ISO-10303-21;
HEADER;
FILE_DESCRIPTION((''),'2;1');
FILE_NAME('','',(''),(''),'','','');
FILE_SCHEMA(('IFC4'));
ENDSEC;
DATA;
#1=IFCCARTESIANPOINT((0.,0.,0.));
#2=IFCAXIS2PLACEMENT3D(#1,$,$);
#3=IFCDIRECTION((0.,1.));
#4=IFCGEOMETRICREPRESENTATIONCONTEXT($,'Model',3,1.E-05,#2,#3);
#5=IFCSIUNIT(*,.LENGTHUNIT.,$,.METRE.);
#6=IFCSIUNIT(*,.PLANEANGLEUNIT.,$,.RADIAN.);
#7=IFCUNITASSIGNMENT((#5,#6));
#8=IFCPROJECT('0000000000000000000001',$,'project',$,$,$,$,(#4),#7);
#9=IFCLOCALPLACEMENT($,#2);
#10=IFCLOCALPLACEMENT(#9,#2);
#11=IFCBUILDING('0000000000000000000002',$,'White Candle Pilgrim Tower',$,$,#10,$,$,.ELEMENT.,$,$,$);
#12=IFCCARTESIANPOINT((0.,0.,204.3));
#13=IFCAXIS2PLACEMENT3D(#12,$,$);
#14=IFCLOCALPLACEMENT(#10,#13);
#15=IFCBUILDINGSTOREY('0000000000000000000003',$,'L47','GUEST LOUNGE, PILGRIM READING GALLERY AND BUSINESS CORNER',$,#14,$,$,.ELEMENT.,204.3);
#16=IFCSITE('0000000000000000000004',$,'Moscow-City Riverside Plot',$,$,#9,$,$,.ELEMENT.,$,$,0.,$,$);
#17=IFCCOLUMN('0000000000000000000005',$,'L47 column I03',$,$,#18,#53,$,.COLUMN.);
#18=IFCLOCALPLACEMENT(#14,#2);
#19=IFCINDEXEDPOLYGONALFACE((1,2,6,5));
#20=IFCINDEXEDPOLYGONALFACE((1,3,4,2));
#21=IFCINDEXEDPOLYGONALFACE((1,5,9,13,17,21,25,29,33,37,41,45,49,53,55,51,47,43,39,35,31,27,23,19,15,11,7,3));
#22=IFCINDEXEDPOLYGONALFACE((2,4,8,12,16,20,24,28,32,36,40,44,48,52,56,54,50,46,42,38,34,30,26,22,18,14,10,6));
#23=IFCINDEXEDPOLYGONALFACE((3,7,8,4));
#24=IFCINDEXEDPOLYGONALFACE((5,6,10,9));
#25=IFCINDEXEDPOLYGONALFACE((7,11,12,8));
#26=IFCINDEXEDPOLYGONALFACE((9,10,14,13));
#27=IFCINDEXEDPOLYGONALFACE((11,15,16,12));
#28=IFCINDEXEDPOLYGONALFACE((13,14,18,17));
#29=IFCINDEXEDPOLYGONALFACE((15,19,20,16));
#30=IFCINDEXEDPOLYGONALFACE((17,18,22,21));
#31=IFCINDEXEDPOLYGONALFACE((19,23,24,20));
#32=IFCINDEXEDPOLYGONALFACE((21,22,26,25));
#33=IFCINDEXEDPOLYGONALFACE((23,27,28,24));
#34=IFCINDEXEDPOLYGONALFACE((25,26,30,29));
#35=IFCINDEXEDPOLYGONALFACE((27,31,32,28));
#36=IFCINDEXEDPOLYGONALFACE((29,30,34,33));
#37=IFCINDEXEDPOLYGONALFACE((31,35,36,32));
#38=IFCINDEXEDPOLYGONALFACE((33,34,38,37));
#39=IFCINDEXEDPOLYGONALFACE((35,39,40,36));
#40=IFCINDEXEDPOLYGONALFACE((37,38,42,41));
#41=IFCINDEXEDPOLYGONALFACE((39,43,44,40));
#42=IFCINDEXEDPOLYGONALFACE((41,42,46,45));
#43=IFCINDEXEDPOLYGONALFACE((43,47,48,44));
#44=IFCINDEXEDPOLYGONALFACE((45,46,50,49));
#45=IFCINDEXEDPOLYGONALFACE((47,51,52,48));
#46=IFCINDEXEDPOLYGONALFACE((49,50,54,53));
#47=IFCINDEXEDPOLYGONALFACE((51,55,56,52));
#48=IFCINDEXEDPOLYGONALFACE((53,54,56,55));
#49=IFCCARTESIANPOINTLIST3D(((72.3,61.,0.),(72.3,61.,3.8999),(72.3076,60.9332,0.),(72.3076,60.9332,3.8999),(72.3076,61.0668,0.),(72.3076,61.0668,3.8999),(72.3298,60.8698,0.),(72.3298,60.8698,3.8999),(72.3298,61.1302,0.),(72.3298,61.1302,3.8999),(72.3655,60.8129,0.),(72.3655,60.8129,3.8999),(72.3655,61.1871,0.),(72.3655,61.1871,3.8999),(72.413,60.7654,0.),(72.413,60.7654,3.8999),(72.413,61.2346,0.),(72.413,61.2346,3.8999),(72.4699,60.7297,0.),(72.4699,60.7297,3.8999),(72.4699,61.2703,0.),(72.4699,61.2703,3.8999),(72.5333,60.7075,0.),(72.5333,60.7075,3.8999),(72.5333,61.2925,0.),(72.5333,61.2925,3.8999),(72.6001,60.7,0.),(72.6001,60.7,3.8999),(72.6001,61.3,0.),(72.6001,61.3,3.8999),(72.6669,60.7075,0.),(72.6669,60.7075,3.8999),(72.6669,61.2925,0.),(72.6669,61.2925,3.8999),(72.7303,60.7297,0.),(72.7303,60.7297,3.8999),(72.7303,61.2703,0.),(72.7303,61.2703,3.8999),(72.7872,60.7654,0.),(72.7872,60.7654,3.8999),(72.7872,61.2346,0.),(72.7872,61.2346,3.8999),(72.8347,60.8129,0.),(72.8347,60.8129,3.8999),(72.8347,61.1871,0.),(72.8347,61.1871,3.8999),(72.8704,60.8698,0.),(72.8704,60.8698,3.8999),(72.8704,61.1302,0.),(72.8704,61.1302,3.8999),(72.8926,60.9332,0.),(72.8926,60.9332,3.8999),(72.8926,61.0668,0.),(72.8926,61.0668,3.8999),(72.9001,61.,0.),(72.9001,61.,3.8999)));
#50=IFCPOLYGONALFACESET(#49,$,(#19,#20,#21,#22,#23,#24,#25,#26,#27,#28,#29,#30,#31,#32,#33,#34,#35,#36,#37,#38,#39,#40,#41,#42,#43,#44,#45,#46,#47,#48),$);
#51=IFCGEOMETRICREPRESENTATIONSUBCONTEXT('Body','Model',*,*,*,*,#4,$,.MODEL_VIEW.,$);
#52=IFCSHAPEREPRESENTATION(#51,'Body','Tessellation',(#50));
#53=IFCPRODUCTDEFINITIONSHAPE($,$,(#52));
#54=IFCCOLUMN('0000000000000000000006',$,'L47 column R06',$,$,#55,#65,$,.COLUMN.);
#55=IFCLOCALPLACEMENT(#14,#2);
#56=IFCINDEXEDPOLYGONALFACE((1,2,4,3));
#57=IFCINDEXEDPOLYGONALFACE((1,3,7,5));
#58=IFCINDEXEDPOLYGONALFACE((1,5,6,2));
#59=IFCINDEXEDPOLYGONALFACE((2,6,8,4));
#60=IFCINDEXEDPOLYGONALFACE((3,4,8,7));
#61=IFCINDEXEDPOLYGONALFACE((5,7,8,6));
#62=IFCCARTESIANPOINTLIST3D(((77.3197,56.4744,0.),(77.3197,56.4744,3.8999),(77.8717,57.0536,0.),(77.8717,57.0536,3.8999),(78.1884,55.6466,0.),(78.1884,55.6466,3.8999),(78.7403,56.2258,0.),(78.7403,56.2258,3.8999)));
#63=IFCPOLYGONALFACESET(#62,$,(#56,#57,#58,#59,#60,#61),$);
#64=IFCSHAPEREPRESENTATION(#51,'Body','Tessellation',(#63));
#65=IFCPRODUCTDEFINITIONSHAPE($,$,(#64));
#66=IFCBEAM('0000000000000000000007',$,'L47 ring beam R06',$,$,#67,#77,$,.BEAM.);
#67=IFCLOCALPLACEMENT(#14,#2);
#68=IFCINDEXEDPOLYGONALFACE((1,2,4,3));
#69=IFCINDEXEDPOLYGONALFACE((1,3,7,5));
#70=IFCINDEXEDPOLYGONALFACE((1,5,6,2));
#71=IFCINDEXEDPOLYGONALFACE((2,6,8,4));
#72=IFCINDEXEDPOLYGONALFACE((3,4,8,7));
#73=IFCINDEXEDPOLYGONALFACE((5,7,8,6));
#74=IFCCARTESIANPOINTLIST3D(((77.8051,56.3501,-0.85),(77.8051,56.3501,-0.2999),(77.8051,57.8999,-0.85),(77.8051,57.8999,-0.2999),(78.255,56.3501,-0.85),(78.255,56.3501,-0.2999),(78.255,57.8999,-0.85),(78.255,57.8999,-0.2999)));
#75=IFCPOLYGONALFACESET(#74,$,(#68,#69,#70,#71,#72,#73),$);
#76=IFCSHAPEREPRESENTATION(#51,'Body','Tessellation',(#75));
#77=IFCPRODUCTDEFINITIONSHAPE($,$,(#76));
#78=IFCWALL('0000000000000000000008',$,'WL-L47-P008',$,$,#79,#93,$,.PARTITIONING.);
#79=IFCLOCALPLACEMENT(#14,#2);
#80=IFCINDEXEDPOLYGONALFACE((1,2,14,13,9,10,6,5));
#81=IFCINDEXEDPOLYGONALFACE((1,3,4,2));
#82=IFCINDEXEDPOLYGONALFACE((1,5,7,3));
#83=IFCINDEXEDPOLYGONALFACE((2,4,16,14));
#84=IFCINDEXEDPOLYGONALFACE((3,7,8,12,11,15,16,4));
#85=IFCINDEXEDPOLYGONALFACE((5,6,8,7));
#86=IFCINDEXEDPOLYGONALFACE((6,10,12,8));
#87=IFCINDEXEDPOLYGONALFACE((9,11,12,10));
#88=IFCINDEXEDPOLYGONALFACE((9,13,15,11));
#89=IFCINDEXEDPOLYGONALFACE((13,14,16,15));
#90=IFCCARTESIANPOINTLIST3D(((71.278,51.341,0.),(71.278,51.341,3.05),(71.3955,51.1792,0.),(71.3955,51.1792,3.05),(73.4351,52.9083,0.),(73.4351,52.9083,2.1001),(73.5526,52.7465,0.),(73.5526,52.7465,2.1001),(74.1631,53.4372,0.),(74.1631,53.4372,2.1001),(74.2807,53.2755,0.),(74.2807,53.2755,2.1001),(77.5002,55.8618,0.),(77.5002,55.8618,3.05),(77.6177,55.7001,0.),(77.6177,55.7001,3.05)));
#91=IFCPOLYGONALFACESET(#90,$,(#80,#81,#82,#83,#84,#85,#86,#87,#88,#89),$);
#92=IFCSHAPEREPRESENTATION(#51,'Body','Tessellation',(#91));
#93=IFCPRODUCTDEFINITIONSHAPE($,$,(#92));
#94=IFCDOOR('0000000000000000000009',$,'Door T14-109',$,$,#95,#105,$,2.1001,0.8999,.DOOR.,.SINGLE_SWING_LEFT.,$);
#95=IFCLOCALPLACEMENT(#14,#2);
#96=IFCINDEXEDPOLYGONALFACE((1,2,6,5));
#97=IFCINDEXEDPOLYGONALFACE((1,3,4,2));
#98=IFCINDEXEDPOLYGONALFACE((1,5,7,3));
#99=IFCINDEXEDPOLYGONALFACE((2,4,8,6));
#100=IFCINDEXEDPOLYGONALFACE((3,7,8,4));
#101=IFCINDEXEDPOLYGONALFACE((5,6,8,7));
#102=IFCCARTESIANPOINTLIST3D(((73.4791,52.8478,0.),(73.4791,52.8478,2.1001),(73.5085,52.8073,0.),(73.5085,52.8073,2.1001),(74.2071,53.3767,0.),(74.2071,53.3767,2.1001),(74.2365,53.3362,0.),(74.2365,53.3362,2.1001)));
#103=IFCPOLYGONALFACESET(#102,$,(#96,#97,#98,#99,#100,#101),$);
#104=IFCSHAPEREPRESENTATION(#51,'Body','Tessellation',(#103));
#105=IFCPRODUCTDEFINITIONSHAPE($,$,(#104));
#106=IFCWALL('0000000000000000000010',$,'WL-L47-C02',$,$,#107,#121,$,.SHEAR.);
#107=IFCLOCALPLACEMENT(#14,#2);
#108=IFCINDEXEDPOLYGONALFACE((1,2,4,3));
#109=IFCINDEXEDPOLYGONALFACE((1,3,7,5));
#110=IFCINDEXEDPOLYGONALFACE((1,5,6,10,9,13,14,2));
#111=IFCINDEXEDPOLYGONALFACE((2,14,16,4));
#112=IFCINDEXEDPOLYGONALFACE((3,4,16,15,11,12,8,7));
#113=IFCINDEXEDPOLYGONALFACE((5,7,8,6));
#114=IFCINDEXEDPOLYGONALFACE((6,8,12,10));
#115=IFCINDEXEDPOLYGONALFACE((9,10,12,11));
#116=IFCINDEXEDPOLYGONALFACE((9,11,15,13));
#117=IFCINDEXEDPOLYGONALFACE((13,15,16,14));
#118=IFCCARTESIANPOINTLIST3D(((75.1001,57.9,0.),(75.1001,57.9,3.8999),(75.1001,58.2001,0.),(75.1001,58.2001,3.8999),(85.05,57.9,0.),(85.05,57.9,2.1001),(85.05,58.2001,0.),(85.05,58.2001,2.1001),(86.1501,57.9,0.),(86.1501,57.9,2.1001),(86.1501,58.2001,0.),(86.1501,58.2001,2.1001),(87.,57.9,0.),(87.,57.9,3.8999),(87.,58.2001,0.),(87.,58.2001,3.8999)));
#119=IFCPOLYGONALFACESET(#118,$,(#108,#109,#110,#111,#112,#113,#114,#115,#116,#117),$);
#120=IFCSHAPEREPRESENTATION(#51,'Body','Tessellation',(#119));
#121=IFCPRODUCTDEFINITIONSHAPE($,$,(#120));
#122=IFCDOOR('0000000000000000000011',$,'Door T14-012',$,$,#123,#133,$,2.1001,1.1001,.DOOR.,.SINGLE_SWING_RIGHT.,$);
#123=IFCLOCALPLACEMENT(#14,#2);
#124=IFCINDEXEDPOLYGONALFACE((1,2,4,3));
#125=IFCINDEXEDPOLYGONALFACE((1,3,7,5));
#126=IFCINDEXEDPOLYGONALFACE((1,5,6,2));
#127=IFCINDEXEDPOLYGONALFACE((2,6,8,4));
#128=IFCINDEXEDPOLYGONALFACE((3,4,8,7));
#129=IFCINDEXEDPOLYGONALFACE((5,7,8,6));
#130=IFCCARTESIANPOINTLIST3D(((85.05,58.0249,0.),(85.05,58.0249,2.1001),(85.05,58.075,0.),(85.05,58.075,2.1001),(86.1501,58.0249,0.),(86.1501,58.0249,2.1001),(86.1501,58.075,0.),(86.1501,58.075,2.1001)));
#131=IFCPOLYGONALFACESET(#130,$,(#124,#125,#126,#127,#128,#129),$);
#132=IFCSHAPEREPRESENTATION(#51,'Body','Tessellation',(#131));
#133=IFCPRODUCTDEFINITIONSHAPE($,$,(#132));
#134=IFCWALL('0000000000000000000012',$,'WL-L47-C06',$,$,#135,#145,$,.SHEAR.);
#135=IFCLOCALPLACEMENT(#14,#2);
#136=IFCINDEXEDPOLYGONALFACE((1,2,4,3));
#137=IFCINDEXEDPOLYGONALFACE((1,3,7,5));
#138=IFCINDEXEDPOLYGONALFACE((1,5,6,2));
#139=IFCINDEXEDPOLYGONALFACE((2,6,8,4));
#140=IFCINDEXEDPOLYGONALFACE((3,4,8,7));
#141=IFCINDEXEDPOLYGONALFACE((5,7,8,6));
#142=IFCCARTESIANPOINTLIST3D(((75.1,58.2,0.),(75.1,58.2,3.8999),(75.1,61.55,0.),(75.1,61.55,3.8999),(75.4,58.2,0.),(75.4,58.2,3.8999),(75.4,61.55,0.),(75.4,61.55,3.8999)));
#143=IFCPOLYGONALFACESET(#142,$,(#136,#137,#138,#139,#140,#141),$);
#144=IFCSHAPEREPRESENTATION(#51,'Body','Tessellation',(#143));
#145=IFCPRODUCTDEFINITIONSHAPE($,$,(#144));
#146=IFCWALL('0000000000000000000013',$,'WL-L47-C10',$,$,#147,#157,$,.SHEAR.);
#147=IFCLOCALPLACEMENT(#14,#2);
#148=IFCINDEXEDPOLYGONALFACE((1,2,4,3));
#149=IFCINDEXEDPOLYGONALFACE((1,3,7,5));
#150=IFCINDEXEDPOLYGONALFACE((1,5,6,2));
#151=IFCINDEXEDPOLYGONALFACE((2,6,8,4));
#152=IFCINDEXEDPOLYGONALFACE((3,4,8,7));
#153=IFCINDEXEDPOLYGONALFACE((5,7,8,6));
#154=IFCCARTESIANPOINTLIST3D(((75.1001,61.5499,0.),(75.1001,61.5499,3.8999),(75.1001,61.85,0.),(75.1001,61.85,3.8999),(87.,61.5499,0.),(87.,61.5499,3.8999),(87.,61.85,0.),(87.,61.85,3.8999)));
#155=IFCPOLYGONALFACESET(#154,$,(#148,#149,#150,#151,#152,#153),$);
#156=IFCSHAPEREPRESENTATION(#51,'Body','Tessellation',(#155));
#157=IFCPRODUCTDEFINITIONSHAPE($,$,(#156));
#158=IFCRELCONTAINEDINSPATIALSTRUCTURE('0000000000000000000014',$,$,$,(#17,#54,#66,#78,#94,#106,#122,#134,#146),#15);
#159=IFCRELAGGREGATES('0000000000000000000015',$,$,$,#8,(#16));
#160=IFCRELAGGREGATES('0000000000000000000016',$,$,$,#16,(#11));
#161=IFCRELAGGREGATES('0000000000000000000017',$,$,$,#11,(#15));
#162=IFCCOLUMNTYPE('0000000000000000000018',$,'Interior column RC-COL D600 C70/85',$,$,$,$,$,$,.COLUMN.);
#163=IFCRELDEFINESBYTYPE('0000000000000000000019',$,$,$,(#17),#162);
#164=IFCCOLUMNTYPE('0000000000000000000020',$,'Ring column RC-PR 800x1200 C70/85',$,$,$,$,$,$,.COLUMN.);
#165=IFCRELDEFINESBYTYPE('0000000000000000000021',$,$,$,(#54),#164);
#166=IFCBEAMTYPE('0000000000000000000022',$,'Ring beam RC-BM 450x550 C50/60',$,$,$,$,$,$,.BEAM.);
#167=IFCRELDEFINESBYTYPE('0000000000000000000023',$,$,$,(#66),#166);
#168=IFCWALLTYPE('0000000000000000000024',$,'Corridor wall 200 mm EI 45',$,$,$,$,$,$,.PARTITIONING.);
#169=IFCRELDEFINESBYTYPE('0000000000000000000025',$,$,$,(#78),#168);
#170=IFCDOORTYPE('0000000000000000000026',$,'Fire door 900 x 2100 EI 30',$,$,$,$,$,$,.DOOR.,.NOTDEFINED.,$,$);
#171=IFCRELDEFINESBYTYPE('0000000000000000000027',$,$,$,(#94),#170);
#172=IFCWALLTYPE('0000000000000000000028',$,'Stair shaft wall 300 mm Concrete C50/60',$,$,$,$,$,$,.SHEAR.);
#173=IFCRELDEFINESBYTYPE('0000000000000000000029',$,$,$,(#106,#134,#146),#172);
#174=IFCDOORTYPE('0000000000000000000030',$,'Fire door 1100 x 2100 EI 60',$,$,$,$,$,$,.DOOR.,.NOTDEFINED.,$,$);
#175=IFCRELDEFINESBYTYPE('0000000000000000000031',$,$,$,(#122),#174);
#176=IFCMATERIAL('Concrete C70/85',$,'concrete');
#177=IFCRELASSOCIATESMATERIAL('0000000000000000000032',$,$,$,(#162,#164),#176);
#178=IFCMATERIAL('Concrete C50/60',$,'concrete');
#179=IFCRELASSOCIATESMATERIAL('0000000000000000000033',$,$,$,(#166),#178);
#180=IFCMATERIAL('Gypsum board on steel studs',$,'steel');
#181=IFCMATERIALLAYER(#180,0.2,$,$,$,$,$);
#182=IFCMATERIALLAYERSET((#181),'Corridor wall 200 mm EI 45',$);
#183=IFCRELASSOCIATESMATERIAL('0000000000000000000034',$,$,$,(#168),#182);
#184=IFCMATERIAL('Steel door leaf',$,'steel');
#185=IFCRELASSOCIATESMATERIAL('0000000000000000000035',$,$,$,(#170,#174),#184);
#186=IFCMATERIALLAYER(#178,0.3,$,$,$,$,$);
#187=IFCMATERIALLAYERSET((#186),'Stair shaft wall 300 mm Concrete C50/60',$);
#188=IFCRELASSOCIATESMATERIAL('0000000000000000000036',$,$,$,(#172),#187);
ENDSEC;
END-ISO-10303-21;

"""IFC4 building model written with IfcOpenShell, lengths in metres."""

from ifc_helpers import new_model, si_unit, direction, frame, frame_2d, origin, origin_2d, place, context, subcontext, project, spatial, rectangle, circle, extrude, material, layer, layer_set, material_profile, profile_set, type_object, element, fill, save


model = new_model("IFC4")

# Units and contexts
model_context = context("Model", 3, precision=1e-05, world=origin(), true_north=direction((0.0, 1.0)))
body_context = subcontext(model_context, "Body", "Model", "MODEL_VIEW")
ifc_project = project(units=[si_unit("LENGTHUNIT", "METRE"), si_unit("PLANEANGLEUNIT", "RADIAN")], contexts=[model_context])

# Site, building, storey
site_placement = place(None, origin())
site = spatial("IfcSite", under=ifc_project, at=site_placement, Name="Moscow-City Riverside Plot", CompositionType="ELEMENT", RefElevation=0.0)
building_placement = place(site_placement, origin())
building = spatial("IfcBuilding", under=site, at=building_placement, Name="White Candle Pilgrim Tower", CompositionType="ELEMENT")
storey_placement = place(building_placement, frame((0.0, 0.0, 204.3)))
storey = spatial("IfcBuildingStorey", under=building, at=storey_placement, Name="L47", Description="GUEST LOUNGE, PILGRIM READING GALLERY AND BUSINESS CORNER", CompositionType="ELEMENT", Elevation=204.3)

# Columns
ifc_material_1 = material(Name="Concrete C70/85", Category="concrete")
ifc_material_profile_1 = material_profile(ifc_material_1, circle(Radius=0.3, at=origin_2d()), Name="RC-COL D600")
ifc_profile_set_1 = profile_set([ifc_material_profile_1], Name="Concrete C70/85")
column_type_1 = type_object("IfcColumnType", Name="Interior column RC-COL D600 C70/85", PredefinedType="COLUMN", material=ifc_profile_set_1)
column_1_placement = place(storey_placement, frame((72.6001, 61.0, 0.0), z_axis=(0.0, 0.0, 1.0), x_axis=(1.0, 0.0, 0.0)))
element("IfcColumn", 1, at=column_1_placement, inside=storey, type_object=column_type_1, Name="L47 column I03", PredefinedType="COLUMN", context=body_context, shape_type="SweptSolid", body=[
    extrude(circle(Radius=0.3, at=origin_2d()), origin(), (0.0, 0.0, 1.0), 3.8999),
])
ifc_material_profile_2 = material_profile(ifc_material_1, rectangle(XDim=0.8, YDim=1.2, at=origin_2d()), Name="RC-PR 800x1200")
ifc_profile_set_2 = profile_set([ifc_material_profile_2], Name="Concrete C70/85")
column_type_2 = type_object("IfcColumnType", Name="Ring column RC-PR 800x1200 C70/85", PredefinedType="COLUMN", material=ifc_profile_set_2)
column_2_placement = place(storey_placement, frame((78.03, 56.3501, 0.0), z_axis=(0.0, 0.0, 1.0), x_axis=(-0.689872, -0.723931, 0.0)))
element("IfcColumn", 2, at=column_2_placement, inside=storey, type_object=column_type_2, Name="L47 column R06", PredefinedType="COLUMN", context=body_context, shape_type="SweptSolid", body=[
    extrude(rectangle(XDim=0.8, YDim=1.2, at=origin_2d()), origin(), (0.0, 0.0, 1.0), 3.8999),
])

# Beam
ifc_material_2 = material(Name="Concrete C50/60", Category="concrete")
ifc_material_profile_3 = material_profile(ifc_material_2, rectangle(XDim=0.45, YDim=0.55, at=origin_2d()), Name="RC-BM 450x550")
ifc_profile_set_3 = profile_set([ifc_material_profile_3], Name="Concrete C50/60")
beam_type = type_object("IfcBeamType", Name="Ring beam RC-BM 450x550 C50/60", PredefinedType="BEAM", material=ifc_profile_set_3)
beam_placement = place(storey_placement, frame((78.03, 56.3501, -0.575), z_axis=(0.0, 1.0, 0.0), x_axis=(-1.0, 0.0, 0.0)))
element("IfcBeam", 3, at=beam_placement, inside=storey, type_object=beam_type, Name="L47 ring beam R06", PredefinedType="BEAM", context=body_context, shape_type="SweptSolid", body=[
    extrude(rectangle(XDim=0.45, YDim=0.55, at=origin_2d()), origin(), (0.0, 0.0, 1.0), 1.5498),
])

# Walls, openings, doors
ifc_material_3 = material(Name="Gypsum board on steel studs", Category="steel")
ifc_layer_1 = layer(ifc_material_3, 0.2)
ifc_layer_set_1 = layer_set([ifc_layer_1], Name="Corridor wall 200 mm EI 45")
wall_type_1 = type_object("IfcWallType", Name="Corridor wall 200 mm EI 45", PredefinedType="PARTITIONING", material=ifc_layer_set_1)
wall_1_placement = place(storey_placement, frame((77.5591, 55.781, 0.0), z_axis=(0.0, 0.0, 1.0), x_axis=(-0.809012, -0.587792, 0.0)))
wall_1 = element("IfcWall", 4, at=wall_1_placement, inside=storey, type_object=wall_type_1, Name="WL-L47-P008", PredefinedType="PARTITIONING", context=body_context, shape_type="SweptSolid", body=[
    extrude(rectangle(XDim=7.6912, YDim=0.2, at=frame_2d((3.8457, 0.0))), origin(), (0.0, 0.0, 1.0), 3.05),
])
opening_1_placement = place(wall_1_placement, frame((4.125, 0.0, 0.0)))
opening_1 = element("IfcOpeningElement", 5, at=opening_1_placement, cuts=wall_1, PredefinedType="OPENING", context=body_context, shape_type="SweptSolid", body=[
    extrude(rectangle(XDim=0.8999, YDim=2.1001, at=frame_2d((0.45, 1.05))), frame((0.0, 0.1099, 0.0), z_axis=(0.0, -1.0, 0.0), x_axis=(1.0, 0.0, 0.0)), (0.0, 0.0, 1.0), 0.22),
])
ifc_material_4 = material(Name="Steel door leaf", Category="steel")
door_type_1 = type_object("IfcDoorType", Name="Fire door 900 x 2100 EI 30", OperationType="NOTDEFINED", PredefinedType="DOOR", material=ifc_material_4)
door_1_placement = place(opening_1_placement, origin())
door_1 = element("IfcDoor", 6, at=door_1_placement, inside=storey, type_object=door_type_1, Name="Door T14-109", OperationType="SINGLE_SWING_LEFT", OverallHeight=2.1001, OverallWidth=0.8999, PredefinedType="DOOR", context=body_context, shape_type="SweptSolid", body=[
    extrude(rectangle(XDim=0.8999, YDim=2.1001, at=frame_2d((0.45, 1.05))), frame((0.0, 0.0249, 0.0), z_axis=(0.0, -1.0, 0.0), x_axis=(1.0, 0.0, 0.0)), (0.0, 0.0, 1.0), 0.05),
])
fill(opening_1, door_1)
ifc_layer_2 = layer(ifc_material_2, 0.3)
ifc_layer_set_2 = layer_set([ifc_layer_2], Name="Stair shaft wall 300 mm Concrete C50/60")
wall_type_2 = type_object("IfcWallType", Name="Stair shaft wall 300 mm Concrete C50/60", PredefinedType="SHEAR", material=ifc_layer_set_2)
wall_2_placement = place(storey_placement, frame((75.1001, 58.05, 0.0), z_axis=(0.0, 0.0, 1.0), x_axis=(1.0, 0.0, 0.0)))
wall_2 = element("IfcWall", 7, at=wall_2_placement, inside=storey, type_object=wall_type_2, Name="WL-L47-C02", PredefinedType="SHEAR", context=body_context, shape_type="SweptSolid", body=[
    extrude(rectangle(XDim=11.8999, YDim=0.3, at=frame_2d((5.95, 0.0))), origin(), (0.0, 0.0, 1.0), 3.8999),
])
opening_2_placement = place(wall_2_placement, frame((9.95, 0.0, 0.0)))
opening_2 = element("IfcOpeningElement", 8, at=opening_2_placement, cuts=wall_2, PredefinedType="OPENING", context=body_context, shape_type="SweptSolid", body=[
    extrude(rectangle(XDim=1.1001, YDim=2.1001, at=frame_2d((0.55, 1.05))), frame((0.0, 0.1599, 0.0), z_axis=(0.0, -1.0, 0.0), x_axis=(1.0, 0.0, 0.0)), (0.0, 0.0, 1.0), 0.3201),
])
door_type_2 = type_object("IfcDoorType", Name="Fire door 1100 x 2100 EI 60", OperationType="NOTDEFINED", PredefinedType="DOOR", material=ifc_material_4)
door_2_placement = place(opening_2_placement, origin())
door_2 = element("IfcDoor", 9, at=door_2_placement, inside=storey, type_object=door_type_2, Name="Door T14-012", OperationType="SINGLE_SWING_RIGHT", OverallHeight=2.1001, OverallWidth=1.1001, PredefinedType="DOOR", context=body_context, shape_type="SweptSolid", body=[
    extrude(rectangle(XDim=1.1001, YDim=2.1001, at=frame_2d((0.55, 1.05))), frame((0.0, 0.0249, 0.0), z_axis=(0.0, -1.0, 0.0), x_axis=(1.0, 0.0, 0.0)), (0.0, 0.0, 1.0), 0.05),
])
fill(opening_2, door_2)

# Walls
wall_3_placement = place(storey_placement, frame((75.25, 58.2, 0.0), z_axis=(0.0, 0.0, 1.0), x_axis=(0.0, 1.0, 0.0)))
element("IfcWall", 10, at=wall_3_placement, inside=storey, type_object=wall_type_2, Name="WL-L47-C06", PredefinedType="SHEAR", context=body_context, shape_type="SweptSolid", body=[
    extrude(rectangle(XDim=3.3501, YDim=0.3, at=frame_2d((1.675, 0.0))), origin(), (0.0, 0.0, 1.0), 3.8999),
])
wall_4_placement = place(storey_placement, frame((75.1001, 61.7, 0.0), z_axis=(0.0, 0.0, 1.0), x_axis=(1.0, 0.0, 0.0)))
element("IfcWall", 11, at=wall_4_placement, inside=storey, type_object=wall_type_2, Name="WL-L47-C10", PredefinedType="SHEAR", context=body_context, shape_type="SweptSolid", body=[
    extrude(rectangle(XDim=11.8999, YDim=0.3, at=frame_2d((5.95, 0.0))), origin(), (0.0, 0.0, 1.0), 3.8999),
])

save(model, "model.ifc")
